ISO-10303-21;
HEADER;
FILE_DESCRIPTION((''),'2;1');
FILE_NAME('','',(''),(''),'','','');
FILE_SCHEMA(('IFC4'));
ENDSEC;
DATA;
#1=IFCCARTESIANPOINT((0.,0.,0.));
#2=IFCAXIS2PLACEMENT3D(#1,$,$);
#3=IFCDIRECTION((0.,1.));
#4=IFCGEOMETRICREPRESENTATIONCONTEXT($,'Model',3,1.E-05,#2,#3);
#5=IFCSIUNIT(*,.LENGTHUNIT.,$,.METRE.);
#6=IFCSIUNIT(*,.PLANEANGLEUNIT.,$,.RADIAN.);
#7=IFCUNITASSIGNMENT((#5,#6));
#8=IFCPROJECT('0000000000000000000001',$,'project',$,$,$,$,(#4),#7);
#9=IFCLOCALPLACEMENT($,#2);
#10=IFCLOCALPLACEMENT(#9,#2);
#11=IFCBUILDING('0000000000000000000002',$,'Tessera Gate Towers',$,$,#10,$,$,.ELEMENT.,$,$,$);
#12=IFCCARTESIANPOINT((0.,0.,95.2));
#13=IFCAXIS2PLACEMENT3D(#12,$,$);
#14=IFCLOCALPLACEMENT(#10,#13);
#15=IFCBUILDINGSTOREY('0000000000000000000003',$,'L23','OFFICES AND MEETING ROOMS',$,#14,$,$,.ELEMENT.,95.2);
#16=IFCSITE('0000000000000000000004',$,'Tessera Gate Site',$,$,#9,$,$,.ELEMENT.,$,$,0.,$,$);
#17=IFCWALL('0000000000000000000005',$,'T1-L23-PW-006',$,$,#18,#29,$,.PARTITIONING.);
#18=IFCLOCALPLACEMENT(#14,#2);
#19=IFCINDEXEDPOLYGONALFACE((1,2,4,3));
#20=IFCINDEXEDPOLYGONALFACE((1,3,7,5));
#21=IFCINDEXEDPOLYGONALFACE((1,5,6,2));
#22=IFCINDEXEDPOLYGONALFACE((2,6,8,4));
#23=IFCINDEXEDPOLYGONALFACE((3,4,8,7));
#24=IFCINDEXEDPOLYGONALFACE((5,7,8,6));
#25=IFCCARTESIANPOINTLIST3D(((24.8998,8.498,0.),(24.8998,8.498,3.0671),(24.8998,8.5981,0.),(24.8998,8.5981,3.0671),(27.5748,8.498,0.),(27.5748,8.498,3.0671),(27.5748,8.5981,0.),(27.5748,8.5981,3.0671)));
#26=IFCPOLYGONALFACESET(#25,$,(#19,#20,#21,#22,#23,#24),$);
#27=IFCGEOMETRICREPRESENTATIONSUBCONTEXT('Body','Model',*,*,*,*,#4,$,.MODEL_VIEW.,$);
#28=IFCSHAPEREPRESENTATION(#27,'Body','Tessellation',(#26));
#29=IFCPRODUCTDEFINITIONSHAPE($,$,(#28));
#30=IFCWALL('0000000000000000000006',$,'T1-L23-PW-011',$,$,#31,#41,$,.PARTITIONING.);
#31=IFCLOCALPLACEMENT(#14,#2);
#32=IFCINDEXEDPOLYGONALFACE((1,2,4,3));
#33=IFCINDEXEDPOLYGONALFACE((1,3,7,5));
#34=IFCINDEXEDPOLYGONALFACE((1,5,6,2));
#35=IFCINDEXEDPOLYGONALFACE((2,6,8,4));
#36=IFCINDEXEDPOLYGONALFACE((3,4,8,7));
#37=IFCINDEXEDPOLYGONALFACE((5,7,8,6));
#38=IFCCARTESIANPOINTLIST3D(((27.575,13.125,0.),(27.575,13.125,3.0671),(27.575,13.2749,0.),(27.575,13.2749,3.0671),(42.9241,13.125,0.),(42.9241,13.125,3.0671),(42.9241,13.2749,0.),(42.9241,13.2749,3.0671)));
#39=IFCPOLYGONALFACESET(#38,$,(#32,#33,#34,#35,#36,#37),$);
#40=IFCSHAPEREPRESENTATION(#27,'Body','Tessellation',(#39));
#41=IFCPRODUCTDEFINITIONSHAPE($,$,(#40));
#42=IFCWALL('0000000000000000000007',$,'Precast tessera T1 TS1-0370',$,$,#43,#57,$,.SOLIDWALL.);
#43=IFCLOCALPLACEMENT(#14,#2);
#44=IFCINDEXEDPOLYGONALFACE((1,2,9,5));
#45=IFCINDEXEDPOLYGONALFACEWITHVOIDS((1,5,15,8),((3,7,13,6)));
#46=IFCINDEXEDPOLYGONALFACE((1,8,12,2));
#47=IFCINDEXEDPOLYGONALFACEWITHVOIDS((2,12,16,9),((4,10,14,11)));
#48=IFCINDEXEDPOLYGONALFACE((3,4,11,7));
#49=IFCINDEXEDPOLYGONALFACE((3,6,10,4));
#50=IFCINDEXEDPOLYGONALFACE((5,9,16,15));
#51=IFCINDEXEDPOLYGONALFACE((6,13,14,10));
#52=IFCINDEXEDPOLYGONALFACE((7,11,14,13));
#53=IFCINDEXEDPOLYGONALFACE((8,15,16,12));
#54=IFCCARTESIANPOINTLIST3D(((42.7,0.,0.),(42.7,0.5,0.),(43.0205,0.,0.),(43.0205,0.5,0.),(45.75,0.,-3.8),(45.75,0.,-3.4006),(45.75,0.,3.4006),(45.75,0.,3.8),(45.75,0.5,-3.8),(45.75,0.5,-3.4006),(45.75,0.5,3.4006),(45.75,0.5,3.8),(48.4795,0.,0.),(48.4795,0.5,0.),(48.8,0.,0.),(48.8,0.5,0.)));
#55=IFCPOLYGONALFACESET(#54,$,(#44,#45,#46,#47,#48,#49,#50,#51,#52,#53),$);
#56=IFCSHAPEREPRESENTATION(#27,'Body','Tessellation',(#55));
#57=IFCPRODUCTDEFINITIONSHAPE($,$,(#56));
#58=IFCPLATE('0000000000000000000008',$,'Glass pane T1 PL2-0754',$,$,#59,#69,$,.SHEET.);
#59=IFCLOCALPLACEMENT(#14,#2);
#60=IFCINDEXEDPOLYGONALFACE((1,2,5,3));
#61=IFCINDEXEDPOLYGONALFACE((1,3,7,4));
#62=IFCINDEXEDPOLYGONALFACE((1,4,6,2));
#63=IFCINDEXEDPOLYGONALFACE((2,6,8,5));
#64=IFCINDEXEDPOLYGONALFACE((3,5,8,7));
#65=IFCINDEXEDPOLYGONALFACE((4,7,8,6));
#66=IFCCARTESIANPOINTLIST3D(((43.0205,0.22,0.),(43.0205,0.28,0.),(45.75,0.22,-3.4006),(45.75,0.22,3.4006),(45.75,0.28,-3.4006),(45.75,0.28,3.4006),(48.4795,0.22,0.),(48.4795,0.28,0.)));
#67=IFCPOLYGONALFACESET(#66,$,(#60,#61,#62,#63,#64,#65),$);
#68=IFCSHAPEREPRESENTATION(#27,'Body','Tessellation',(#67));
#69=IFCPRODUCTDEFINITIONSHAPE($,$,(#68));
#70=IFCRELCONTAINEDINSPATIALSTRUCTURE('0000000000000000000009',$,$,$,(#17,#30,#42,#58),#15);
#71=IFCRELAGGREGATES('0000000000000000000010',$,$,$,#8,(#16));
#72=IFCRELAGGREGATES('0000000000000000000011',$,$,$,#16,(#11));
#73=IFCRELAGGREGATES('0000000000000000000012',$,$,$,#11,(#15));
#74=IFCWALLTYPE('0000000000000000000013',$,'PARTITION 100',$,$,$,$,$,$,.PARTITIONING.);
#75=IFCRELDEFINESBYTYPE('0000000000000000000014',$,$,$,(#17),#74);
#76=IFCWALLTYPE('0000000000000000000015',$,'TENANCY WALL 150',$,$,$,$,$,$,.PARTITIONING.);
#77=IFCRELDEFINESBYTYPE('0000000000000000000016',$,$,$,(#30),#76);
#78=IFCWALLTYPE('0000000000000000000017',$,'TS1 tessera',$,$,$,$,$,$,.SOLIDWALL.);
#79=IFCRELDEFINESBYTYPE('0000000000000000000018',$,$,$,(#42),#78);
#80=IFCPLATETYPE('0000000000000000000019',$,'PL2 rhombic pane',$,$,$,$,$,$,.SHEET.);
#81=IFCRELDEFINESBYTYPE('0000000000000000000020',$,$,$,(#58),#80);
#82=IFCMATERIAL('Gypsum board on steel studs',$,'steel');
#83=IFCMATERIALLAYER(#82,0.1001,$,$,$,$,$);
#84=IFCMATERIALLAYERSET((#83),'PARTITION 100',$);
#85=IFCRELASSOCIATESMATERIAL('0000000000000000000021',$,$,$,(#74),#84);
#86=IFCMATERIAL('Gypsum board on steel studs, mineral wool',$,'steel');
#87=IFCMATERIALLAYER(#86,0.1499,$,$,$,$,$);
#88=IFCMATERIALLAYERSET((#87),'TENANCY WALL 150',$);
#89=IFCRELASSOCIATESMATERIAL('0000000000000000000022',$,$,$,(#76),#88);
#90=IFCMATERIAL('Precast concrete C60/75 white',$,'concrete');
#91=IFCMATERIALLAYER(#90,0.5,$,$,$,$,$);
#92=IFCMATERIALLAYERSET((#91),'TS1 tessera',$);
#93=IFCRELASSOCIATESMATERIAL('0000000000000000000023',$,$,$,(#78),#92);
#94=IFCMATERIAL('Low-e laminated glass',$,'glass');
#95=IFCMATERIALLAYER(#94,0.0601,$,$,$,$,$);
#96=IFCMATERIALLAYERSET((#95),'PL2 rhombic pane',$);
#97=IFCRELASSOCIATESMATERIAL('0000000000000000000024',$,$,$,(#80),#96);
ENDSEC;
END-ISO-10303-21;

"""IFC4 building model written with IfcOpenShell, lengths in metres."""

from ifc_helpers import new_model, si_unit, direction, frame, frame_2d, origin, place, context, subcontext, project, spatial, polyline, rectangle, outline, extrude, source, transform, mapped, material, layer, layer_set, type_object, element, fill, save


model = new_model("IFC4")

# Units and contexts
model_context = context("Model", 3, precision=1e-05, world=origin(), true_north=direction((0.0, 1.0)))
body_context = subcontext(model_context, "Body", "Model", "MODEL_VIEW")
ifc_project = project(units=[si_unit("LENGTHUNIT", "METRE"), si_unit("PLANEANGLEUNIT", "RADIAN")], contexts=[model_context])

# Site, building, storey
site_placement = place(None, origin())
site = spatial("IfcSite", under=ifc_project, at=site_placement, Name="Tessera Gate Site", CompositionType="ELEMENT", RefElevation=0.0)
building_placement = place(site_placement, origin())
building = spatial("IfcBuilding", under=site, at=building_placement, Name="Tessera Gate Towers", CompositionType="ELEMENT")
storey_placement = place(building_placement, frame((0.0, 0.0, 95.2)))
storey = spatial("IfcBuildingStorey", under=building, at=storey_placement, Name="L23", Description="OFFICES AND MEETING ROOMS", CompositionType="ELEMENT", Elevation=95.2)

# Walls
ifc_material_1 = material(Name="Gypsum board on steel studs", Category="steel")
ifc_layer_1 = layer(ifc_material_1, 0.1001)
ifc_layer_set_1 = layer_set([ifc_layer_1], Name="PARTITION 100")
wall_type_1 = type_object("IfcWallType", Name="PARTITION 100", PredefinedType="PARTITIONING", material=ifc_layer_set_1)
wall_1_placement = place(storey_placement, frame((24.8999, 8.5481, 0.0), z_axis=(0.0, 0.0, 1.0), x_axis=(1.0, 0.0, 0.0)))
element("IfcWall", 1, at=wall_1_placement, inside=storey, type_object=wall_type_1, Name="T1-L23-PW-006", PredefinedType="PARTITIONING", context=body_context, shape_type="SweptSolid", body=[
    extrude(rectangle(XDim=2.675, YDim=0.1001, at=frame_2d((1.3374, 0.0))), origin(), (0.0, 0.0, 1.0), 3.0671),
])
ifc_material_2 = material(Name="Gypsum board on steel studs, mineral wool", Category="steel")
ifc_layer_2 = layer(ifc_material_2, 0.1499)
ifc_layer_set_2 = layer_set([ifc_layer_2], Name="TENANCY WALL 150")
wall_type_2 = type_object("IfcWallType", Name="TENANCY WALL 150", PredefinedType="PARTITIONING", material=ifc_layer_set_2)
wall_2_placement = place(storey_placement, frame((27.575, 13.2, 0.0), z_axis=(0.0, 0.0, 1.0), x_axis=(1.0, 0.0, 0.0)))
element("IfcWall", 2, at=wall_2_placement, inside=storey, type_object=wall_type_2, Name="T1-L23-PW-011", PredefinedType="PARTITIONING", context=body_context, shape_type="SweptSolid", body=[
    extrude(rectangle(XDim=15.3491, YDim=0.1499, at=frame_2d((7.6746, 0.0))), origin(), (0.0, 0.0, 1.0), 3.0671),
])

# Wall, opening, plate
ifc_material_3 = material(Name="Precast concrete C60/75 white", Category="concrete")
ifc_layer_3 = layer(ifc_material_3, 0.5)
ifc_layer_set_3 = layer_set([ifc_layer_3], Name="TS1 tessera")
wall_type_3 = type_object("IfcWallType", Name="TS1 tessera", PredefinedType="SOLIDWALL", material=ifc_layer_set_3)
shared_shape_1 = source(origin(), body_context, "Body", "SweptSolid", [
    extrude(outline(polyline([(3.05, 0.0), (6.1001, 3.8), (3.05, 7.6001), (0.0, 3.8), (3.05, 0.0)])), frame((0.0, 0.25, 0.0), z_axis=(0.0, -1.0, 0.0), x_axis=(1.0, 0.0, 0.0)), (0.0, 0.0, 1.0), 0.5),
])
wall_3_placement = place(storey_placement, frame((42.7, 0.25, -3.8), z_axis=(0.0, 0.0, 1.0), x_axis=(1.0, 0.0, 0.0)))
wall_3 = element("IfcWall", 3, at=wall_3_placement, inside=storey, type_object=wall_type_3, Name="Precast tessera T1 TS1-0370", PredefinedType="SOLIDWALL", context=body_context, shape_type="MappedRepresentation", body=[
    mapped(shared_shape_1, transform((0.0, 0.0, 0.0), scale=1.0)),
])
shared_shape_2 = source(origin(), body_context, "Body", "SweptSolid", [
    extrude(outline(polyline([(3.05, 0.3994), (5.7795, 3.8), (3.05, 7.2007), (0.3206, 3.8), (3.05, 0.3994)])), frame((0.0, 0.26, 0.0), z_axis=(0.0, -1.0, 0.0), x_axis=(1.0, 0.0, 0.0)), (0.0, 0.0, 1.0), 0.52),
])
opening_1_placement = place(wall_3_placement, origin())
opening_1 = element("IfcOpeningElement", 4, at=opening_1_placement, cuts=wall_3, PredefinedType="OPENING", context=body_context, shape_type="MappedRepresentation", body=[
    mapped(shared_shape_2, transform((0.0, 0.0, 0.0), scale=1.0)),
])
ifc_material_4 = material(Name="Low-e laminated glass", Category="glass")
ifc_layer_4 = layer(ifc_material_4, 0.0601)
ifc_layer_set_4 = layer_set([ifc_layer_4], Name="PL2 rhombic pane")
plate_type = type_object("IfcPlateType", Name="PL2 rhombic pane", PredefinedType="SHEET", material=ifc_layer_set_4)
shared_shape_3 = source(origin(), body_context, "Body", "SweptSolid", [
    extrude(outline(polyline([(3.05, 0.3994), (5.7795, 3.8), (3.05, 7.2007), (0.3206, 3.8), (3.05, 0.3994)])), frame((0.0, 0.03, 0.0), z_axis=(0.0, -1.0, 0.0), x_axis=(1.0, 0.0, 0.0)), (0.0, 0.0, 1.0), 0.0601),
])
plate_placement = place(opening_1_placement, origin())
plate = element("IfcPlate", 5, at=plate_placement, inside=storey, type_object=plate_type, Name="Glass pane T1 PL2-0754", PredefinedType="SHEET", context=body_context, shape_type="MappedRepresentation", body=[
    mapped(shared_shape_3, transform((0.0, 0.0, 0.0), scale=1.0)),
])
fill(opening_1, plate)

save(model, "model.ifc")
